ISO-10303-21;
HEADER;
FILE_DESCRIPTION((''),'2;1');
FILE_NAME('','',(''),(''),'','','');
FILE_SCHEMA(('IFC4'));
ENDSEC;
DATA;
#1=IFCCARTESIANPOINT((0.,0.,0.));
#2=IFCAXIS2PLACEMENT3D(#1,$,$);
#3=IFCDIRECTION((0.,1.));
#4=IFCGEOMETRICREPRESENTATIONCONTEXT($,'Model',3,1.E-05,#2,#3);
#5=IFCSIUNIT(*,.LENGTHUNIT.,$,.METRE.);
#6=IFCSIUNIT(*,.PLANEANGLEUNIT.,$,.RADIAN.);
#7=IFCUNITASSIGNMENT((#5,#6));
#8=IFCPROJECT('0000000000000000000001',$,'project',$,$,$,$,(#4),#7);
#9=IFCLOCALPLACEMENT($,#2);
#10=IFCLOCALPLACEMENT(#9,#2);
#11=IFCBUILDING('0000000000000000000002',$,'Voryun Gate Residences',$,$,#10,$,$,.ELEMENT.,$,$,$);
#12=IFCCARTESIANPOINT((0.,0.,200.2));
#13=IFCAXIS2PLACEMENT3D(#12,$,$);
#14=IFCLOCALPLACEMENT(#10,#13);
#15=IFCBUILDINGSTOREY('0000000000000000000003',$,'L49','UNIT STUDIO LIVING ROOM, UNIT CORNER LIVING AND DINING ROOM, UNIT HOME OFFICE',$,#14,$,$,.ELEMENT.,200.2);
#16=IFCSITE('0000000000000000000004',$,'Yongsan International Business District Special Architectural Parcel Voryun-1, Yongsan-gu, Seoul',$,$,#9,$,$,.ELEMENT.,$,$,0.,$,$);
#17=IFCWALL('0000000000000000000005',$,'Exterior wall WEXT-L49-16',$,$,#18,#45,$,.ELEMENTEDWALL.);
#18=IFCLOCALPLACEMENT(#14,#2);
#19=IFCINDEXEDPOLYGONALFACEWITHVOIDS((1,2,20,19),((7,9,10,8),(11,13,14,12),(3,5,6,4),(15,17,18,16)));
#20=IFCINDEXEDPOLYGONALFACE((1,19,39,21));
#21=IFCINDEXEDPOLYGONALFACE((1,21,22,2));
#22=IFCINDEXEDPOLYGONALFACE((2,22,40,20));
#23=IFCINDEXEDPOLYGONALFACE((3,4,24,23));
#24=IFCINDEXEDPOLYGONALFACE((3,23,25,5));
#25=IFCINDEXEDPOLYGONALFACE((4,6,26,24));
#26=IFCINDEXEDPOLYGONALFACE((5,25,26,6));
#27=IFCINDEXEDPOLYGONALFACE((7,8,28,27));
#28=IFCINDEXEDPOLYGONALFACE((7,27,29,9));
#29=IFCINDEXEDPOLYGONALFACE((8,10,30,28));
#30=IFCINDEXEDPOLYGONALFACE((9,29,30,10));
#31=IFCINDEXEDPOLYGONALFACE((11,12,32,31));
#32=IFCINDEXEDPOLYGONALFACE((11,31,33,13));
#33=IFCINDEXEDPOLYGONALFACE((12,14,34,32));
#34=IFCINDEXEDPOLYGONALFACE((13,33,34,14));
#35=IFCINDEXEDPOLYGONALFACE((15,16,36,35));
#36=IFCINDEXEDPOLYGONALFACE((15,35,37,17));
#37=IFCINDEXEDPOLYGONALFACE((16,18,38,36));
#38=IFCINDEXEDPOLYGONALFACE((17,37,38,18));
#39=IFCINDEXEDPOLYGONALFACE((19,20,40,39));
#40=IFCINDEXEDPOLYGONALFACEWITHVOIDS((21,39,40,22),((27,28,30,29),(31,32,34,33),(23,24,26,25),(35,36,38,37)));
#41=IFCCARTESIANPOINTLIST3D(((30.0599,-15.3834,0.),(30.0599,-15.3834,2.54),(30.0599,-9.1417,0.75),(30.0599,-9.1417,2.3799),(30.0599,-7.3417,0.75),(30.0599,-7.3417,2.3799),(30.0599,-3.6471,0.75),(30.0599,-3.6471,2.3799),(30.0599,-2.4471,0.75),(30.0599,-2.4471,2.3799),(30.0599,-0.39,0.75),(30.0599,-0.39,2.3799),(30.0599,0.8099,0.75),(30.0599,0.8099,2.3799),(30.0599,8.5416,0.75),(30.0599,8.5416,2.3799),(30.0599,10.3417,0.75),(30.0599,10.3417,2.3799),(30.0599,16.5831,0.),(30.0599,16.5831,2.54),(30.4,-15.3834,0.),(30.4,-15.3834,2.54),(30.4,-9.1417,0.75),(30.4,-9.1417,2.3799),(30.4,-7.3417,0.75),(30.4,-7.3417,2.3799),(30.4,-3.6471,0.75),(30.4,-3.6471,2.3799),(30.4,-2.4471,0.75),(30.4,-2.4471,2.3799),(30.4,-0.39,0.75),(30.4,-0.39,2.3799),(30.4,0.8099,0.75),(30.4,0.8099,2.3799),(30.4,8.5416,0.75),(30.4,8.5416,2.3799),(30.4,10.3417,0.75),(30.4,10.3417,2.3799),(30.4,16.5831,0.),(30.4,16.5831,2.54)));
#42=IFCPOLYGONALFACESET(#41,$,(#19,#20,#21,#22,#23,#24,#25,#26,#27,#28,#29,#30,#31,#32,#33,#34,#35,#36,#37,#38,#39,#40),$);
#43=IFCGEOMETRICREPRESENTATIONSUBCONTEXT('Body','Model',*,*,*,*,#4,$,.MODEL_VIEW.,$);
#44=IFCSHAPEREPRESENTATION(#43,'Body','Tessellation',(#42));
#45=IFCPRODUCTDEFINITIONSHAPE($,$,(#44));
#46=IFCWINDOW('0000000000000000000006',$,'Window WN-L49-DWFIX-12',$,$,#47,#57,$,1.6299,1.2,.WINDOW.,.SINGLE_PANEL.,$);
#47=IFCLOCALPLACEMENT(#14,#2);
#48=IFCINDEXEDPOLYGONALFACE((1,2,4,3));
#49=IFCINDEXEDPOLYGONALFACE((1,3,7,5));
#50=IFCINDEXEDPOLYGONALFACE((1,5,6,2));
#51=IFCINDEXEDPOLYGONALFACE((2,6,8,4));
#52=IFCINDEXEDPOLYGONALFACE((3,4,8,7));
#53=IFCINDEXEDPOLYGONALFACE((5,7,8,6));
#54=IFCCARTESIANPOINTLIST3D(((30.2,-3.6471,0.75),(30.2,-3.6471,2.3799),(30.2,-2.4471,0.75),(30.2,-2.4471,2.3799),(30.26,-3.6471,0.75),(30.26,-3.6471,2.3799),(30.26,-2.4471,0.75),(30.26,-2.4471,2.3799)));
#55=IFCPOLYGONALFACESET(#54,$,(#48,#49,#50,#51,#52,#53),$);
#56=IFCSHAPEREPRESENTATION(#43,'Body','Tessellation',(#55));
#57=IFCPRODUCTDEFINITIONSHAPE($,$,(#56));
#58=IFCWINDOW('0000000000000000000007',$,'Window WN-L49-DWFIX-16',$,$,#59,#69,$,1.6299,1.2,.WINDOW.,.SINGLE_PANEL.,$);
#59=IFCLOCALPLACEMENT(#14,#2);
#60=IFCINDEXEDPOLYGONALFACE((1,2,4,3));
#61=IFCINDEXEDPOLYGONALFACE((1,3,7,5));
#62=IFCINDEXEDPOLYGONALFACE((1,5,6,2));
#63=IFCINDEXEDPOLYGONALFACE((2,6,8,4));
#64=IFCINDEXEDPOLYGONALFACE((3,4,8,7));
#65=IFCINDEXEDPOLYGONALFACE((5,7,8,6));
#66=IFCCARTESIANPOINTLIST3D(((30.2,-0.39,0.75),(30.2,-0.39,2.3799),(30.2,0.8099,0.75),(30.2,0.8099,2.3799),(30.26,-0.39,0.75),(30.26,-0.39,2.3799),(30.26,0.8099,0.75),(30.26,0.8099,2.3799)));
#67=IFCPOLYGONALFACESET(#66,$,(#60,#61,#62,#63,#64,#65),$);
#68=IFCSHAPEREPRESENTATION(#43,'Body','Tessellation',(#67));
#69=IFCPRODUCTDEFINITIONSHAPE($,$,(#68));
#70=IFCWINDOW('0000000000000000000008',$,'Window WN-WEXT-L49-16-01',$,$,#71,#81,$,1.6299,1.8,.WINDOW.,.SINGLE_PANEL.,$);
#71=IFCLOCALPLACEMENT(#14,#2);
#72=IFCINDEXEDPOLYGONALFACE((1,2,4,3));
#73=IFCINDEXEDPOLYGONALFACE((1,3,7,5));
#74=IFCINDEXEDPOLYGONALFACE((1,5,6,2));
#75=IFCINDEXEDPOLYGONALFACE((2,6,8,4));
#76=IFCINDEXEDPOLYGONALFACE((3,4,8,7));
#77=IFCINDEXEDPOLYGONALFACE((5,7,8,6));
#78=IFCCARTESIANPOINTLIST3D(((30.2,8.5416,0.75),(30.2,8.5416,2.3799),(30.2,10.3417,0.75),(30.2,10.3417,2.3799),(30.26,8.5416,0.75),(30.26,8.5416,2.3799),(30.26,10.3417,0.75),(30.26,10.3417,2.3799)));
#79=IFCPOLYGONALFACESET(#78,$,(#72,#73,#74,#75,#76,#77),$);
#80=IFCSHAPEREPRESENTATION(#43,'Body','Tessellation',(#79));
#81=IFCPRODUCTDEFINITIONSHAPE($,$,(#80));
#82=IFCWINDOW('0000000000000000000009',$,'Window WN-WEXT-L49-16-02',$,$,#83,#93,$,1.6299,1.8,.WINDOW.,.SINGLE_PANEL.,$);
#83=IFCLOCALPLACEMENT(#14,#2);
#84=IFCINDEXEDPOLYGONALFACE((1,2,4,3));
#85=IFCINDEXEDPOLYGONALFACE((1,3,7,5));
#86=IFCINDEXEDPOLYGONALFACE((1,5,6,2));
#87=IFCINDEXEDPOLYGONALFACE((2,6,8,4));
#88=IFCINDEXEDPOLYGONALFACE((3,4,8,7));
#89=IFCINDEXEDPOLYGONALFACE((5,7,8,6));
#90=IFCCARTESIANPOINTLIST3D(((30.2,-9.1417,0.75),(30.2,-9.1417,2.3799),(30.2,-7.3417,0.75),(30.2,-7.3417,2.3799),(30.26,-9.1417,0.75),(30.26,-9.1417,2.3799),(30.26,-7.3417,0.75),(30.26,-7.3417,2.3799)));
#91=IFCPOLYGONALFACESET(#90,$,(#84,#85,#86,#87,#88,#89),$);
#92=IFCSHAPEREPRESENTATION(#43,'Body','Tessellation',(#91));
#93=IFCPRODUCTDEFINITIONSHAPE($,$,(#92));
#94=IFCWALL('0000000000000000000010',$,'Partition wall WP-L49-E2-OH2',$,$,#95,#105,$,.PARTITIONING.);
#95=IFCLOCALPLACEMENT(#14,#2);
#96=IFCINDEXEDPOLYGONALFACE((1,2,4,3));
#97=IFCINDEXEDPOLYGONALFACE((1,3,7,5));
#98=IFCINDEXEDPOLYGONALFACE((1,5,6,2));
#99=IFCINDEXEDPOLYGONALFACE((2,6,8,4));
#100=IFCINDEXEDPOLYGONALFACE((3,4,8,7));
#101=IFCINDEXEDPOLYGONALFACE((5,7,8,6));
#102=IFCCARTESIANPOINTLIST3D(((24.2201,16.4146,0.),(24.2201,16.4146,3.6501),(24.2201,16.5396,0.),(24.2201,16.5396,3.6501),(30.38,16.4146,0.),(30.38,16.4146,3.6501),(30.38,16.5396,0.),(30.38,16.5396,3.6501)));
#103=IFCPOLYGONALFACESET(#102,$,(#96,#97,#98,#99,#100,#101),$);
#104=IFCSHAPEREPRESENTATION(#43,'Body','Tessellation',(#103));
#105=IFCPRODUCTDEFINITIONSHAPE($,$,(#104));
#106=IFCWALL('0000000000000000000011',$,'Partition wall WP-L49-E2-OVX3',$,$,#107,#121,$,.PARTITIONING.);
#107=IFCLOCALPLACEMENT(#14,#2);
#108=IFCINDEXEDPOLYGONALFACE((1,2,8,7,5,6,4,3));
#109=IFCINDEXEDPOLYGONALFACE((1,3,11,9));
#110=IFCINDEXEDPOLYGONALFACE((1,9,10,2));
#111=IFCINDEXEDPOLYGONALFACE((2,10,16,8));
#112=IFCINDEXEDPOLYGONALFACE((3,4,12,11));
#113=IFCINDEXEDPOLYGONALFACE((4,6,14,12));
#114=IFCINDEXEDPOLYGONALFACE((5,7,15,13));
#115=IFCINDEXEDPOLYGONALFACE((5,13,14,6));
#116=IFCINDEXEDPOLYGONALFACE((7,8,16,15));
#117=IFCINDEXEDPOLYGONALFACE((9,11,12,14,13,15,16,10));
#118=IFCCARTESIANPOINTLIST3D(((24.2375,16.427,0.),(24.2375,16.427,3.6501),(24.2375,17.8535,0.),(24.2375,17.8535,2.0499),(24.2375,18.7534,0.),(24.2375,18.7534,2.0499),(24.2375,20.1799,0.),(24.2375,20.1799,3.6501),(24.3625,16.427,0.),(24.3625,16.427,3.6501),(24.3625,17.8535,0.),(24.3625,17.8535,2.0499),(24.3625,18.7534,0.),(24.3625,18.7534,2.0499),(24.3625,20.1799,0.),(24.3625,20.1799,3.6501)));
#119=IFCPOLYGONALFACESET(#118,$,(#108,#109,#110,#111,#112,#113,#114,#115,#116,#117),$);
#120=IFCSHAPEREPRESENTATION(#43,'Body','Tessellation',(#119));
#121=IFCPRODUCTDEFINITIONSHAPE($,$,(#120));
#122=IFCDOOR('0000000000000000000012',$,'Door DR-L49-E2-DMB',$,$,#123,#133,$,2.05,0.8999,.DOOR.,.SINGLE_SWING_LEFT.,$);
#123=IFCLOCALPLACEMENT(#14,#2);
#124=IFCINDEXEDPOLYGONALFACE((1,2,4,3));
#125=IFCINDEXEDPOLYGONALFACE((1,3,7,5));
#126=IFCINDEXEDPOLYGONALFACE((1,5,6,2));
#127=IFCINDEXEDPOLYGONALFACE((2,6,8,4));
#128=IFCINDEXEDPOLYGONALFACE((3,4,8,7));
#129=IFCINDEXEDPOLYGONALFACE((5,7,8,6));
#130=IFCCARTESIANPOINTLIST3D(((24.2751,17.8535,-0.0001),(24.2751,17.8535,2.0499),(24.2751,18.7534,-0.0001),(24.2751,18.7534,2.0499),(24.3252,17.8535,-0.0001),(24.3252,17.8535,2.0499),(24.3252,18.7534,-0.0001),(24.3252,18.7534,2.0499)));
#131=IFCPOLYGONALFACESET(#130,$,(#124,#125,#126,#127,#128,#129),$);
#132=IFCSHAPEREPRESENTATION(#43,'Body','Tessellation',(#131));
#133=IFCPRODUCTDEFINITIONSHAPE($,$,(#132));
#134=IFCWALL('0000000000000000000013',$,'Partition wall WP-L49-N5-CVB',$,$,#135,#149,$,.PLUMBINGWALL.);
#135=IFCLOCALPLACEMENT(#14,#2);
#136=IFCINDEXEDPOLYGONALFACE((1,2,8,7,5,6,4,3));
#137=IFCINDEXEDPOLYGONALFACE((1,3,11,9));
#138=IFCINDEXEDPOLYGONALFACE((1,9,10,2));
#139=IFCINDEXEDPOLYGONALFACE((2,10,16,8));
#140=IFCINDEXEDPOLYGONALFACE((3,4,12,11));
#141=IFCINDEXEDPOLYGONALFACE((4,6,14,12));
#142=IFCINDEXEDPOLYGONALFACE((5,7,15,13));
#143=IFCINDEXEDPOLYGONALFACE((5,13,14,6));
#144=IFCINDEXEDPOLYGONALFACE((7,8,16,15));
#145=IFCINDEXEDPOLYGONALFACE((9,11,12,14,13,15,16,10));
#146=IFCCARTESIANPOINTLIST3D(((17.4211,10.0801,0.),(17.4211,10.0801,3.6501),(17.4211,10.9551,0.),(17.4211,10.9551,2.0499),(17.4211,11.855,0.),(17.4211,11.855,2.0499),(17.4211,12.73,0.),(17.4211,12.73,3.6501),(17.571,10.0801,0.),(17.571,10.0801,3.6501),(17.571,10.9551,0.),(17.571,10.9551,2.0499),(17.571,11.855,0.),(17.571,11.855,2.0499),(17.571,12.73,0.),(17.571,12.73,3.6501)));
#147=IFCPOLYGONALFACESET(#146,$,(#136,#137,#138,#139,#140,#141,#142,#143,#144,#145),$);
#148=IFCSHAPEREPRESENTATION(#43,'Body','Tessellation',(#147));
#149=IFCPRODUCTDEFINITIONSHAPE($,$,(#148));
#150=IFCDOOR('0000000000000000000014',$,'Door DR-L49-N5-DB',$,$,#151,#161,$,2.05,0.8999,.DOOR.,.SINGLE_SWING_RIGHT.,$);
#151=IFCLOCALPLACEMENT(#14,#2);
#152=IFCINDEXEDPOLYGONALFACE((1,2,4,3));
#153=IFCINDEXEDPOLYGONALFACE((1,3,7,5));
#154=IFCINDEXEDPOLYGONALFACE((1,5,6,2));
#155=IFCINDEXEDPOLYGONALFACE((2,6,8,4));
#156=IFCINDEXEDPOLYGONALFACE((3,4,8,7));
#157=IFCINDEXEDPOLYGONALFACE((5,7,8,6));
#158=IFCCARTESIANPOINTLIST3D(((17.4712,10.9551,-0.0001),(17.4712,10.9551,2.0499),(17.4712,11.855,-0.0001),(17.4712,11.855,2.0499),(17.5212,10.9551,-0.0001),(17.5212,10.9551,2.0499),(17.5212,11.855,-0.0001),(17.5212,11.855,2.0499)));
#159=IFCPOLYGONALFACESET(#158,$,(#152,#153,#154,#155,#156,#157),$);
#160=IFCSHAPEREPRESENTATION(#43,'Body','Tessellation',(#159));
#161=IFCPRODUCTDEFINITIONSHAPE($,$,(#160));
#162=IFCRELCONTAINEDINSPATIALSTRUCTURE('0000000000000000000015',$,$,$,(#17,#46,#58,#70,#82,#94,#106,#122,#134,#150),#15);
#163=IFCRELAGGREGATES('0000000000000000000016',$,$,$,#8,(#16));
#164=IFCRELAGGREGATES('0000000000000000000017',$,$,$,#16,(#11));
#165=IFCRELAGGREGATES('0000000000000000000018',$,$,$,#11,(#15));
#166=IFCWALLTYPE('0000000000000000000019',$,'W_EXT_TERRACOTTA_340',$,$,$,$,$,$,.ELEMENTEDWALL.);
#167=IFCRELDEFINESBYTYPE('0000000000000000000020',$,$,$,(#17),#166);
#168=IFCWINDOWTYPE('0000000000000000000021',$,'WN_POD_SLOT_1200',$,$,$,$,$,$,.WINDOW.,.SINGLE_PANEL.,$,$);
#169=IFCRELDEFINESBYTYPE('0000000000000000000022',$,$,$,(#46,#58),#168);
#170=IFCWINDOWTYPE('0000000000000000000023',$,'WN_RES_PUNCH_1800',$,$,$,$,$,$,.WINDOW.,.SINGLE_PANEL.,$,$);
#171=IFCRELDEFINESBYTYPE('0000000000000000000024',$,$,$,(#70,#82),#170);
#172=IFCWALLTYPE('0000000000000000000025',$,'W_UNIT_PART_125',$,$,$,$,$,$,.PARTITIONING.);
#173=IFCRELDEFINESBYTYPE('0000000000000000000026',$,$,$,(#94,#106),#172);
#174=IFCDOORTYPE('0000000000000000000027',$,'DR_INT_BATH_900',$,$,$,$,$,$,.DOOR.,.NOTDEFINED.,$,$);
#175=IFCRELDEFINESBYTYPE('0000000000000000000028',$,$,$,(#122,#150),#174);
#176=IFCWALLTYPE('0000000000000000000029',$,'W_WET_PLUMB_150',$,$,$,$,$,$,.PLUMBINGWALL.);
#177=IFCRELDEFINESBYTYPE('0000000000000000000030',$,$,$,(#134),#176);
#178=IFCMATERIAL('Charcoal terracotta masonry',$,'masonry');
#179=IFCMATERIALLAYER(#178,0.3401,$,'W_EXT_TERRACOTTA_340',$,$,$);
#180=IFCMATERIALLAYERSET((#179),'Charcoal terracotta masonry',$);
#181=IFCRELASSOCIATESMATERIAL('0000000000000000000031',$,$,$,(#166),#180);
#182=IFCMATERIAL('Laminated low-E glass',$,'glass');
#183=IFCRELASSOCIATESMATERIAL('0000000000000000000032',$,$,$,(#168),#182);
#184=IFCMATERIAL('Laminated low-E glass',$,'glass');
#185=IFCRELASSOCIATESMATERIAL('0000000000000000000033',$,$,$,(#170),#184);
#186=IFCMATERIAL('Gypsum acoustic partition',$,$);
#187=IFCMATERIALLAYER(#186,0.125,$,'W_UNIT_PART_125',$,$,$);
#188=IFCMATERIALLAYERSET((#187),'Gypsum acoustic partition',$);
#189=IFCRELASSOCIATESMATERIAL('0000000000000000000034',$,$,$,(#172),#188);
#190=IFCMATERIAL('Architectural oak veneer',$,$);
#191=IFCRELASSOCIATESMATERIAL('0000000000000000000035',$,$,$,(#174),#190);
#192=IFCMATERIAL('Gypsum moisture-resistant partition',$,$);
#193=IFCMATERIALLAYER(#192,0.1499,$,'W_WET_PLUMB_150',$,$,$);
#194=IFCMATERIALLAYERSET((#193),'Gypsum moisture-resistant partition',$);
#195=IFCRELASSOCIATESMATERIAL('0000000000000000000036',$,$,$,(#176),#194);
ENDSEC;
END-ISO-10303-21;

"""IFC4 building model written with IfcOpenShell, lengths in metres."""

from ifc_helpers import new_model, si_unit, direction, frame, frame_2d, origin, place, context, subcontext, project, spatial, rectangle, extrude, material, layer, layer_set, type_object, element, fill, save


model = new_model("IFC4")

# Units and contexts
model_context = context("Model", 3, precision=1e-05, world=origin(), true_north=direction((0.0, 1.0)))
body_context = subcontext(model_context, "Body", "Model", "MODEL_VIEW")
ifc_project = project(units=[si_unit("LENGTHUNIT", "METRE"), si_unit("PLANEANGLEUNIT", "RADIAN")], contexts=[model_context])

# Site, building, storey
site_placement = place(None, origin())
site = spatial("IfcSite", under=ifc_project, at=site_placement, Name="Yongsan International Business District Special Architectural Parcel Voryun-1, Yongsan-gu, Seoul", CompositionType="ELEMENT", RefElevation=0.0)
building_placement = place(site_placement, origin())
building = spatial("IfcBuilding", under=site, at=building_placement, Name="Voryun Gate Residences", CompositionType="ELEMENT")
storey_placement = place(building_placement, frame((0.0, 0.0, 200.2)))
storey = spatial("IfcBuildingStorey", under=building, at=storey_placement, Name="L49", Description="UNIT STUDIO LIVING ROOM, UNIT CORNER LIVING AND DINING ROOM, UNIT HOME OFFICE", CompositionType="ELEMENT", Elevation=200.2)

# Shared definitions
ifc_material_1 = material(Name="Charcoal terracotta masonry", Category="masonry")
ifc_layer_1 = layer(ifc_material_1, 0.3401, Name="W_EXT_TERRACOTTA_340")
ifc_layer_set_1 = layer_set([ifc_layer_1], Name="Charcoal terracotta masonry")
wall_type_1 = type_object("IfcWallType", Name="W_EXT_TERRACOTTA_340", PredefinedType="ELEMENTEDWALL", material=ifc_layer_set_1)

# Wall, openings, windows
wall_1_placement = place(storey_placement, frame((30.23, 16.5833, 0.0), z_axis=(0.0, 0.0, 1.0), x_axis=(0.0, -1.0, 0.0)))
wall_1 = element("IfcWall", 1, at=wall_1_placement, inside=storey, type_object=wall_type_1, Name="Exterior wall WEXT-L49-16", PredefinedType="ELEMENTEDWALL", context=body_context, shape_type="SweptSolid", body=[
    extrude(rectangle(XDim=31.9666, YDim=0.3401, at=frame_2d((15.9834, 0.0))), origin(), (0.0, 0.0, 1.0), 2.54),
])
opening_1_placement = place(wall_1_placement, frame((6.2417, 0.0, 0.75)))
opening_1 = element("IfcOpeningElement", 2, at=opening_1_placement, cuts=wall_1, PredefinedType="OPENING", context=body_context, shape_type="SweptSolid", body=[
    extrude(rectangle(XDim=1.8, YDim=1.6299, at=frame_2d((0.8999, 0.8149))), frame((0.0, 0.1799, 0.0), z_axis=(0.0, -1.0, 0.0), x_axis=(1.0, 0.0, 0.0)), (0.0, 0.0, 1.0), 0.3601),
])
opening_2_placement = place(wall_1_placement, frame((23.925, 0.0, 0.75)))
opening_2 = element("IfcOpeningElement", 3, at=opening_2_placement, cuts=wall_1, PredefinedType="OPENING", context=body_context, shape_type="SweptSolid", body=[
    extrude(rectangle(XDim=1.8, YDim=1.6299, at=frame_2d((0.8999, 0.8149))), frame((0.0, 0.1799, 0.0), z_axis=(0.0, -1.0, 0.0), x_axis=(1.0, 0.0, 0.0)), (0.0, 0.0, 1.0), 0.3601),
])
opening_3_placement = place(wall_1_placement, frame((19.0303, 0.0, 0.75)))
opening_3 = element("IfcOpeningElement", 4, at=opening_3_placement, cuts=wall_1, PredefinedType="OPENING", context=body_context, shape_type="SweptSolid", body=[
    extrude(rectangle(XDim=1.2, YDim=1.6299, at=frame_2d((0.6001, 0.8149))), frame((0.0, 0.1799, 0.0), z_axis=(0.0, -1.0, 0.0), x_axis=(1.0, 0.0, 0.0)), (0.0, 0.0, 1.0), 0.3601),
])
opening_4_placement = place(wall_1_placement, frame((15.7732, 0.0, 0.75)))
opening_4 = element("IfcOpeningElement", 5, at=opening_4_placement, cuts=wall_1, PredefinedType="OPENING", context=body_context, shape_type="SweptSolid", body=[
    extrude(rectangle(XDim=1.2, YDim=1.6299, at=frame_2d((0.6001, 0.8149))), frame((0.0, 0.1799, 0.0), z_axis=(0.0, -1.0, 0.0), x_axis=(1.0, 0.0, 0.0)), (0.0, 0.0, 1.0), 0.3601),
])
ifc_material_2 = material(Name="Laminated low-E glass", Category="glass")
window_type_1 = type_object("IfcWindowType", Name="WN_POD_SLOT_1200", PartitioningType="SINGLE_PANEL", PredefinedType="WINDOW", material=ifc_material_2)
window_1_placement = place(opening_3_placement, origin())
window_1 = element("IfcWindow", 6, at=window_1_placement, inside=storey, type_object=window_type_1, Name="Window WN-L49-DWFIX-12", OverallHeight=1.6299, OverallWidth=1.2, PartitioningType="SINGLE_PANEL", PredefinedType="WINDOW", context=body_context, shape_type="SweptSolid", body=[
    extrude(rectangle(XDim=1.2, YDim=1.6299, at=frame_2d((0.6001, 0.8149))), frame((0.0, 0.03, 0.0), z_axis=(0.0, -1.0, 0.0), x_axis=(1.0, 0.0, 0.0)), (0.0, 0.0, 1.0), 0.0601),
])
fill(opening_3, window_1)
window_2_placement = place(opening_4_placement, origin())
window_2 = element("IfcWindow", 7, at=window_2_placement, inside=storey, type_object=window_type_1, Name="Window WN-L49-DWFIX-16", OverallHeight=1.6299, OverallWidth=1.2, PartitioningType="SINGLE_PANEL", PredefinedType="WINDOW", context=body_context, shape_type="SweptSolid", body=[
    extrude(rectangle(XDim=1.2, YDim=1.6299, at=frame_2d((0.6001, 0.8149))), frame((0.0, 0.03, 0.0), z_axis=(0.0, -1.0, 0.0), x_axis=(1.0, 0.0, 0.0)), (0.0, 0.0, 1.0), 0.0601),
])
fill(opening_4, window_2)
ifc_material_3 = material(Name="Laminated low-E glass", Category="glass")
window_type_2 = type_object("IfcWindowType", Name="WN_RES_PUNCH_1800", PartitioningType="SINGLE_PANEL", PredefinedType="WINDOW", material=ifc_material_3)
window_3_placement = place(opening_1_placement, origin())
window_3 = element("IfcWindow", 8, at=window_3_placement, inside=storey, type_object=window_type_2, Name="Window WN-WEXT-L49-16-01", OverallHeight=1.6299, OverallWidth=1.8, PartitioningType="SINGLE_PANEL", PredefinedType="WINDOW", context=body_context, shape_type="SweptSolid", body=[
    extrude(rectangle(XDim=1.8, YDim=1.6299, at=frame_2d((0.8999, 0.8149))), frame((0.0, 0.03, 0.0), z_axis=(0.0, -1.0, 0.0), x_axis=(1.0, 0.0, 0.0)), (0.0, 0.0, 1.0), 0.0601),
])
fill(opening_1, window_3)
window_4_placement = place(opening_2_placement, origin())
window_4 = element("IfcWindow", 9, at=window_4_placement, inside=storey, type_object=window_type_2, Name="Window WN-WEXT-L49-16-02", OverallHeight=1.6299, OverallWidth=1.8, PartitioningType="SINGLE_PANEL", PredefinedType="WINDOW", context=body_context, shape_type="SweptSolid", body=[
    extrude(rectangle(XDim=1.8, YDim=1.6299, at=frame_2d((0.8999, 0.8149))), frame((0.0, 0.03, 0.0), z_axis=(0.0, -1.0, 0.0), x_axis=(1.0, 0.0, 0.0)), (0.0, 0.0, 1.0), 0.0601),
])
fill(opening_2, window_4)

# Wall
ifc_material_4 = material(Name="Gypsum acoustic partition")
ifc_layer_2 = layer(ifc_material_4, 0.125, Name="W_UNIT_PART_125")
ifc_layer_set_2 = layer_set([ifc_layer_2], Name="Gypsum acoustic partition")
wall_type_2 = type_object("IfcWallType", Name="W_UNIT_PART_125", PredefinedType="PARTITIONING", material=ifc_layer_set_2)
wall_2_placement = place(storey_placement, frame((24.22, 16.4771, 0.0), z_axis=(0.0, 0.0, 1.0), x_axis=(1.0, 0.0, 0.0)))
element("IfcWall", 10, at=wall_2_placement, inside=storey, type_object=wall_type_2, Name="Partition wall WP-L49-E2-OH2", PredefinedType="PARTITIONING", context=body_context, shape_type="SweptSolid", body=[
    extrude(rectangle(XDim=6.1599, YDim=0.125, at=frame_2d((3.0801, 0.0))), origin(), (0.0, 0.0, 1.0), 3.6501),
])

# Walls, openings, doors
wall_3_placement = place(storey_placement, frame((24.3, 16.427, 0.0), z_axis=(0.0, 0.0, 1.0), x_axis=(0.0, 1.0, 0.0)))
wall_3 = element("IfcWall", 11, at=wall_3_placement, inside=storey, type_object=wall_type_2, Name="Partition wall WP-L49-E2-OVX3", PredefinedType="PARTITIONING", context=body_context, shape_type="SweptSolid", body=[
    extrude(rectangle(XDim=3.7529, YDim=0.125, at=frame_2d((1.8765, 0.0))), origin(), (0.0, 0.0, 1.0), 3.6501),
])
opening_5_placement = place(wall_3_placement, frame((1.4265, 0.0, 0.0)))
opening_5 = element("IfcOpeningElement", 12, at=opening_5_placement, cuts=wall_3, PredefinedType="OPENING", context=body_context, shape_type="SweptSolid", body=[
    extrude(rectangle(XDim=0.8999, YDim=2.05, at=frame_2d((0.45, 1.0249))), frame((0.0, 0.0725, 0.0), z_axis=(0.0, -1.0, 0.0), x_axis=(1.0, 0.0, 0.0)), (0.0, 0.0, 1.0), 0.145),
])
ifc_material_5 = material(Name="Architectural oak veneer")
door_type = type_object("IfcDoorType", Name="DR_INT_BATH_900", OperationType="NOTDEFINED", PredefinedType="DOOR", material=ifc_material_5)
door_1_placement = place(opening_5_placement, origin())
door_1 = element("IfcDoor", 13, at=door_1_placement, inside=storey, type_object=door_type, Name="Door DR-L49-E2-DMB", OperationType="SINGLE_SWING_LEFT", OverallHeight=2.05, OverallWidth=0.8999, PredefinedType="DOOR", context=body_context, shape_type="SweptSolid", body=[
    extrude(rectangle(XDim=0.8999, YDim=2.05, at=frame_2d((0.45, 1.0249))), frame((0.0, 0.0249, 0.0), z_axis=(0.0, -1.0, 0.0), x_axis=(1.0, 0.0, 0.0)), (0.0, 0.0, 1.0), 0.05),
])
fill(opening_5, door_1)
ifc_material_6 = material(Name="Gypsum moisture-resistant partition")
ifc_layer_3 = layer(ifc_material_6, 0.1499, Name="W_WET_PLUMB_150")
ifc_layer_set_3 = layer_set([ifc_layer_3], Name="Gypsum moisture-resistant partition")
wall_type_3 = type_object("IfcWallType", Name="W_WET_PLUMB_150", PredefinedType="PLUMBINGWALL", material=ifc_layer_set_3)
wall_4_placement = place(storey_placement, frame((17.4961, 10.0801, 0.0), z_axis=(0.0, 0.0, 1.0), x_axis=(0.0, 1.0, 0.0)))
wall_4 = element("IfcWall", 14, at=wall_4_placement, inside=storey, type_object=wall_type_3, Name="Partition wall WP-L49-N5-CVB", PredefinedType="PLUMBINGWALL", context=body_context, shape_type="SweptSolid", body=[
    extrude(rectangle(XDim=2.6499, YDim=0.1499, at=frame_2d((1.325, 0.0))), origin(), (0.0, 0.0, 1.0), 3.6501),
])
opening_6_placement = place(wall_4_placement, frame((0.875, 0.0, 0.0)))
opening_6 = element("IfcOpeningElement", 15, at=opening_6_placement, cuts=wall_4, PredefinedType="OPENING", context=body_context, shape_type="SweptSolid", body=[
    extrude(rectangle(XDim=0.8999, YDim=2.05, at=frame_2d((0.45, 1.0249))), frame((0.0, 0.085, 0.0), z_axis=(0.0, -1.0, 0.0), x_axis=(1.0, 0.0, 0.0)), (0.0, 0.0, 1.0), 0.1699),
])
door_2_placement = place(opening_6_placement, origin())
door_2 = element("IfcDoor", 16, at=door_2_placement, inside=storey, type_object=door_type, Name="Door DR-L49-N5-DB", OperationType="SINGLE_SWING_RIGHT", OverallHeight=2.05, OverallWidth=0.8999, PredefinedType="DOOR", context=body_context, shape_type="SweptSolid", body=[
    extrude(rectangle(XDim=0.8999, YDim=2.05, at=frame_2d((0.45, 1.0249))), frame((0.0, 0.0249, 0.0), z_axis=(0.0, -1.0, 0.0), x_axis=(1.0, 0.0, 0.0)), (0.0, 0.0, 1.0), 0.05),
])
fill(opening_6, door_2)

save(model, "model.ifc")
